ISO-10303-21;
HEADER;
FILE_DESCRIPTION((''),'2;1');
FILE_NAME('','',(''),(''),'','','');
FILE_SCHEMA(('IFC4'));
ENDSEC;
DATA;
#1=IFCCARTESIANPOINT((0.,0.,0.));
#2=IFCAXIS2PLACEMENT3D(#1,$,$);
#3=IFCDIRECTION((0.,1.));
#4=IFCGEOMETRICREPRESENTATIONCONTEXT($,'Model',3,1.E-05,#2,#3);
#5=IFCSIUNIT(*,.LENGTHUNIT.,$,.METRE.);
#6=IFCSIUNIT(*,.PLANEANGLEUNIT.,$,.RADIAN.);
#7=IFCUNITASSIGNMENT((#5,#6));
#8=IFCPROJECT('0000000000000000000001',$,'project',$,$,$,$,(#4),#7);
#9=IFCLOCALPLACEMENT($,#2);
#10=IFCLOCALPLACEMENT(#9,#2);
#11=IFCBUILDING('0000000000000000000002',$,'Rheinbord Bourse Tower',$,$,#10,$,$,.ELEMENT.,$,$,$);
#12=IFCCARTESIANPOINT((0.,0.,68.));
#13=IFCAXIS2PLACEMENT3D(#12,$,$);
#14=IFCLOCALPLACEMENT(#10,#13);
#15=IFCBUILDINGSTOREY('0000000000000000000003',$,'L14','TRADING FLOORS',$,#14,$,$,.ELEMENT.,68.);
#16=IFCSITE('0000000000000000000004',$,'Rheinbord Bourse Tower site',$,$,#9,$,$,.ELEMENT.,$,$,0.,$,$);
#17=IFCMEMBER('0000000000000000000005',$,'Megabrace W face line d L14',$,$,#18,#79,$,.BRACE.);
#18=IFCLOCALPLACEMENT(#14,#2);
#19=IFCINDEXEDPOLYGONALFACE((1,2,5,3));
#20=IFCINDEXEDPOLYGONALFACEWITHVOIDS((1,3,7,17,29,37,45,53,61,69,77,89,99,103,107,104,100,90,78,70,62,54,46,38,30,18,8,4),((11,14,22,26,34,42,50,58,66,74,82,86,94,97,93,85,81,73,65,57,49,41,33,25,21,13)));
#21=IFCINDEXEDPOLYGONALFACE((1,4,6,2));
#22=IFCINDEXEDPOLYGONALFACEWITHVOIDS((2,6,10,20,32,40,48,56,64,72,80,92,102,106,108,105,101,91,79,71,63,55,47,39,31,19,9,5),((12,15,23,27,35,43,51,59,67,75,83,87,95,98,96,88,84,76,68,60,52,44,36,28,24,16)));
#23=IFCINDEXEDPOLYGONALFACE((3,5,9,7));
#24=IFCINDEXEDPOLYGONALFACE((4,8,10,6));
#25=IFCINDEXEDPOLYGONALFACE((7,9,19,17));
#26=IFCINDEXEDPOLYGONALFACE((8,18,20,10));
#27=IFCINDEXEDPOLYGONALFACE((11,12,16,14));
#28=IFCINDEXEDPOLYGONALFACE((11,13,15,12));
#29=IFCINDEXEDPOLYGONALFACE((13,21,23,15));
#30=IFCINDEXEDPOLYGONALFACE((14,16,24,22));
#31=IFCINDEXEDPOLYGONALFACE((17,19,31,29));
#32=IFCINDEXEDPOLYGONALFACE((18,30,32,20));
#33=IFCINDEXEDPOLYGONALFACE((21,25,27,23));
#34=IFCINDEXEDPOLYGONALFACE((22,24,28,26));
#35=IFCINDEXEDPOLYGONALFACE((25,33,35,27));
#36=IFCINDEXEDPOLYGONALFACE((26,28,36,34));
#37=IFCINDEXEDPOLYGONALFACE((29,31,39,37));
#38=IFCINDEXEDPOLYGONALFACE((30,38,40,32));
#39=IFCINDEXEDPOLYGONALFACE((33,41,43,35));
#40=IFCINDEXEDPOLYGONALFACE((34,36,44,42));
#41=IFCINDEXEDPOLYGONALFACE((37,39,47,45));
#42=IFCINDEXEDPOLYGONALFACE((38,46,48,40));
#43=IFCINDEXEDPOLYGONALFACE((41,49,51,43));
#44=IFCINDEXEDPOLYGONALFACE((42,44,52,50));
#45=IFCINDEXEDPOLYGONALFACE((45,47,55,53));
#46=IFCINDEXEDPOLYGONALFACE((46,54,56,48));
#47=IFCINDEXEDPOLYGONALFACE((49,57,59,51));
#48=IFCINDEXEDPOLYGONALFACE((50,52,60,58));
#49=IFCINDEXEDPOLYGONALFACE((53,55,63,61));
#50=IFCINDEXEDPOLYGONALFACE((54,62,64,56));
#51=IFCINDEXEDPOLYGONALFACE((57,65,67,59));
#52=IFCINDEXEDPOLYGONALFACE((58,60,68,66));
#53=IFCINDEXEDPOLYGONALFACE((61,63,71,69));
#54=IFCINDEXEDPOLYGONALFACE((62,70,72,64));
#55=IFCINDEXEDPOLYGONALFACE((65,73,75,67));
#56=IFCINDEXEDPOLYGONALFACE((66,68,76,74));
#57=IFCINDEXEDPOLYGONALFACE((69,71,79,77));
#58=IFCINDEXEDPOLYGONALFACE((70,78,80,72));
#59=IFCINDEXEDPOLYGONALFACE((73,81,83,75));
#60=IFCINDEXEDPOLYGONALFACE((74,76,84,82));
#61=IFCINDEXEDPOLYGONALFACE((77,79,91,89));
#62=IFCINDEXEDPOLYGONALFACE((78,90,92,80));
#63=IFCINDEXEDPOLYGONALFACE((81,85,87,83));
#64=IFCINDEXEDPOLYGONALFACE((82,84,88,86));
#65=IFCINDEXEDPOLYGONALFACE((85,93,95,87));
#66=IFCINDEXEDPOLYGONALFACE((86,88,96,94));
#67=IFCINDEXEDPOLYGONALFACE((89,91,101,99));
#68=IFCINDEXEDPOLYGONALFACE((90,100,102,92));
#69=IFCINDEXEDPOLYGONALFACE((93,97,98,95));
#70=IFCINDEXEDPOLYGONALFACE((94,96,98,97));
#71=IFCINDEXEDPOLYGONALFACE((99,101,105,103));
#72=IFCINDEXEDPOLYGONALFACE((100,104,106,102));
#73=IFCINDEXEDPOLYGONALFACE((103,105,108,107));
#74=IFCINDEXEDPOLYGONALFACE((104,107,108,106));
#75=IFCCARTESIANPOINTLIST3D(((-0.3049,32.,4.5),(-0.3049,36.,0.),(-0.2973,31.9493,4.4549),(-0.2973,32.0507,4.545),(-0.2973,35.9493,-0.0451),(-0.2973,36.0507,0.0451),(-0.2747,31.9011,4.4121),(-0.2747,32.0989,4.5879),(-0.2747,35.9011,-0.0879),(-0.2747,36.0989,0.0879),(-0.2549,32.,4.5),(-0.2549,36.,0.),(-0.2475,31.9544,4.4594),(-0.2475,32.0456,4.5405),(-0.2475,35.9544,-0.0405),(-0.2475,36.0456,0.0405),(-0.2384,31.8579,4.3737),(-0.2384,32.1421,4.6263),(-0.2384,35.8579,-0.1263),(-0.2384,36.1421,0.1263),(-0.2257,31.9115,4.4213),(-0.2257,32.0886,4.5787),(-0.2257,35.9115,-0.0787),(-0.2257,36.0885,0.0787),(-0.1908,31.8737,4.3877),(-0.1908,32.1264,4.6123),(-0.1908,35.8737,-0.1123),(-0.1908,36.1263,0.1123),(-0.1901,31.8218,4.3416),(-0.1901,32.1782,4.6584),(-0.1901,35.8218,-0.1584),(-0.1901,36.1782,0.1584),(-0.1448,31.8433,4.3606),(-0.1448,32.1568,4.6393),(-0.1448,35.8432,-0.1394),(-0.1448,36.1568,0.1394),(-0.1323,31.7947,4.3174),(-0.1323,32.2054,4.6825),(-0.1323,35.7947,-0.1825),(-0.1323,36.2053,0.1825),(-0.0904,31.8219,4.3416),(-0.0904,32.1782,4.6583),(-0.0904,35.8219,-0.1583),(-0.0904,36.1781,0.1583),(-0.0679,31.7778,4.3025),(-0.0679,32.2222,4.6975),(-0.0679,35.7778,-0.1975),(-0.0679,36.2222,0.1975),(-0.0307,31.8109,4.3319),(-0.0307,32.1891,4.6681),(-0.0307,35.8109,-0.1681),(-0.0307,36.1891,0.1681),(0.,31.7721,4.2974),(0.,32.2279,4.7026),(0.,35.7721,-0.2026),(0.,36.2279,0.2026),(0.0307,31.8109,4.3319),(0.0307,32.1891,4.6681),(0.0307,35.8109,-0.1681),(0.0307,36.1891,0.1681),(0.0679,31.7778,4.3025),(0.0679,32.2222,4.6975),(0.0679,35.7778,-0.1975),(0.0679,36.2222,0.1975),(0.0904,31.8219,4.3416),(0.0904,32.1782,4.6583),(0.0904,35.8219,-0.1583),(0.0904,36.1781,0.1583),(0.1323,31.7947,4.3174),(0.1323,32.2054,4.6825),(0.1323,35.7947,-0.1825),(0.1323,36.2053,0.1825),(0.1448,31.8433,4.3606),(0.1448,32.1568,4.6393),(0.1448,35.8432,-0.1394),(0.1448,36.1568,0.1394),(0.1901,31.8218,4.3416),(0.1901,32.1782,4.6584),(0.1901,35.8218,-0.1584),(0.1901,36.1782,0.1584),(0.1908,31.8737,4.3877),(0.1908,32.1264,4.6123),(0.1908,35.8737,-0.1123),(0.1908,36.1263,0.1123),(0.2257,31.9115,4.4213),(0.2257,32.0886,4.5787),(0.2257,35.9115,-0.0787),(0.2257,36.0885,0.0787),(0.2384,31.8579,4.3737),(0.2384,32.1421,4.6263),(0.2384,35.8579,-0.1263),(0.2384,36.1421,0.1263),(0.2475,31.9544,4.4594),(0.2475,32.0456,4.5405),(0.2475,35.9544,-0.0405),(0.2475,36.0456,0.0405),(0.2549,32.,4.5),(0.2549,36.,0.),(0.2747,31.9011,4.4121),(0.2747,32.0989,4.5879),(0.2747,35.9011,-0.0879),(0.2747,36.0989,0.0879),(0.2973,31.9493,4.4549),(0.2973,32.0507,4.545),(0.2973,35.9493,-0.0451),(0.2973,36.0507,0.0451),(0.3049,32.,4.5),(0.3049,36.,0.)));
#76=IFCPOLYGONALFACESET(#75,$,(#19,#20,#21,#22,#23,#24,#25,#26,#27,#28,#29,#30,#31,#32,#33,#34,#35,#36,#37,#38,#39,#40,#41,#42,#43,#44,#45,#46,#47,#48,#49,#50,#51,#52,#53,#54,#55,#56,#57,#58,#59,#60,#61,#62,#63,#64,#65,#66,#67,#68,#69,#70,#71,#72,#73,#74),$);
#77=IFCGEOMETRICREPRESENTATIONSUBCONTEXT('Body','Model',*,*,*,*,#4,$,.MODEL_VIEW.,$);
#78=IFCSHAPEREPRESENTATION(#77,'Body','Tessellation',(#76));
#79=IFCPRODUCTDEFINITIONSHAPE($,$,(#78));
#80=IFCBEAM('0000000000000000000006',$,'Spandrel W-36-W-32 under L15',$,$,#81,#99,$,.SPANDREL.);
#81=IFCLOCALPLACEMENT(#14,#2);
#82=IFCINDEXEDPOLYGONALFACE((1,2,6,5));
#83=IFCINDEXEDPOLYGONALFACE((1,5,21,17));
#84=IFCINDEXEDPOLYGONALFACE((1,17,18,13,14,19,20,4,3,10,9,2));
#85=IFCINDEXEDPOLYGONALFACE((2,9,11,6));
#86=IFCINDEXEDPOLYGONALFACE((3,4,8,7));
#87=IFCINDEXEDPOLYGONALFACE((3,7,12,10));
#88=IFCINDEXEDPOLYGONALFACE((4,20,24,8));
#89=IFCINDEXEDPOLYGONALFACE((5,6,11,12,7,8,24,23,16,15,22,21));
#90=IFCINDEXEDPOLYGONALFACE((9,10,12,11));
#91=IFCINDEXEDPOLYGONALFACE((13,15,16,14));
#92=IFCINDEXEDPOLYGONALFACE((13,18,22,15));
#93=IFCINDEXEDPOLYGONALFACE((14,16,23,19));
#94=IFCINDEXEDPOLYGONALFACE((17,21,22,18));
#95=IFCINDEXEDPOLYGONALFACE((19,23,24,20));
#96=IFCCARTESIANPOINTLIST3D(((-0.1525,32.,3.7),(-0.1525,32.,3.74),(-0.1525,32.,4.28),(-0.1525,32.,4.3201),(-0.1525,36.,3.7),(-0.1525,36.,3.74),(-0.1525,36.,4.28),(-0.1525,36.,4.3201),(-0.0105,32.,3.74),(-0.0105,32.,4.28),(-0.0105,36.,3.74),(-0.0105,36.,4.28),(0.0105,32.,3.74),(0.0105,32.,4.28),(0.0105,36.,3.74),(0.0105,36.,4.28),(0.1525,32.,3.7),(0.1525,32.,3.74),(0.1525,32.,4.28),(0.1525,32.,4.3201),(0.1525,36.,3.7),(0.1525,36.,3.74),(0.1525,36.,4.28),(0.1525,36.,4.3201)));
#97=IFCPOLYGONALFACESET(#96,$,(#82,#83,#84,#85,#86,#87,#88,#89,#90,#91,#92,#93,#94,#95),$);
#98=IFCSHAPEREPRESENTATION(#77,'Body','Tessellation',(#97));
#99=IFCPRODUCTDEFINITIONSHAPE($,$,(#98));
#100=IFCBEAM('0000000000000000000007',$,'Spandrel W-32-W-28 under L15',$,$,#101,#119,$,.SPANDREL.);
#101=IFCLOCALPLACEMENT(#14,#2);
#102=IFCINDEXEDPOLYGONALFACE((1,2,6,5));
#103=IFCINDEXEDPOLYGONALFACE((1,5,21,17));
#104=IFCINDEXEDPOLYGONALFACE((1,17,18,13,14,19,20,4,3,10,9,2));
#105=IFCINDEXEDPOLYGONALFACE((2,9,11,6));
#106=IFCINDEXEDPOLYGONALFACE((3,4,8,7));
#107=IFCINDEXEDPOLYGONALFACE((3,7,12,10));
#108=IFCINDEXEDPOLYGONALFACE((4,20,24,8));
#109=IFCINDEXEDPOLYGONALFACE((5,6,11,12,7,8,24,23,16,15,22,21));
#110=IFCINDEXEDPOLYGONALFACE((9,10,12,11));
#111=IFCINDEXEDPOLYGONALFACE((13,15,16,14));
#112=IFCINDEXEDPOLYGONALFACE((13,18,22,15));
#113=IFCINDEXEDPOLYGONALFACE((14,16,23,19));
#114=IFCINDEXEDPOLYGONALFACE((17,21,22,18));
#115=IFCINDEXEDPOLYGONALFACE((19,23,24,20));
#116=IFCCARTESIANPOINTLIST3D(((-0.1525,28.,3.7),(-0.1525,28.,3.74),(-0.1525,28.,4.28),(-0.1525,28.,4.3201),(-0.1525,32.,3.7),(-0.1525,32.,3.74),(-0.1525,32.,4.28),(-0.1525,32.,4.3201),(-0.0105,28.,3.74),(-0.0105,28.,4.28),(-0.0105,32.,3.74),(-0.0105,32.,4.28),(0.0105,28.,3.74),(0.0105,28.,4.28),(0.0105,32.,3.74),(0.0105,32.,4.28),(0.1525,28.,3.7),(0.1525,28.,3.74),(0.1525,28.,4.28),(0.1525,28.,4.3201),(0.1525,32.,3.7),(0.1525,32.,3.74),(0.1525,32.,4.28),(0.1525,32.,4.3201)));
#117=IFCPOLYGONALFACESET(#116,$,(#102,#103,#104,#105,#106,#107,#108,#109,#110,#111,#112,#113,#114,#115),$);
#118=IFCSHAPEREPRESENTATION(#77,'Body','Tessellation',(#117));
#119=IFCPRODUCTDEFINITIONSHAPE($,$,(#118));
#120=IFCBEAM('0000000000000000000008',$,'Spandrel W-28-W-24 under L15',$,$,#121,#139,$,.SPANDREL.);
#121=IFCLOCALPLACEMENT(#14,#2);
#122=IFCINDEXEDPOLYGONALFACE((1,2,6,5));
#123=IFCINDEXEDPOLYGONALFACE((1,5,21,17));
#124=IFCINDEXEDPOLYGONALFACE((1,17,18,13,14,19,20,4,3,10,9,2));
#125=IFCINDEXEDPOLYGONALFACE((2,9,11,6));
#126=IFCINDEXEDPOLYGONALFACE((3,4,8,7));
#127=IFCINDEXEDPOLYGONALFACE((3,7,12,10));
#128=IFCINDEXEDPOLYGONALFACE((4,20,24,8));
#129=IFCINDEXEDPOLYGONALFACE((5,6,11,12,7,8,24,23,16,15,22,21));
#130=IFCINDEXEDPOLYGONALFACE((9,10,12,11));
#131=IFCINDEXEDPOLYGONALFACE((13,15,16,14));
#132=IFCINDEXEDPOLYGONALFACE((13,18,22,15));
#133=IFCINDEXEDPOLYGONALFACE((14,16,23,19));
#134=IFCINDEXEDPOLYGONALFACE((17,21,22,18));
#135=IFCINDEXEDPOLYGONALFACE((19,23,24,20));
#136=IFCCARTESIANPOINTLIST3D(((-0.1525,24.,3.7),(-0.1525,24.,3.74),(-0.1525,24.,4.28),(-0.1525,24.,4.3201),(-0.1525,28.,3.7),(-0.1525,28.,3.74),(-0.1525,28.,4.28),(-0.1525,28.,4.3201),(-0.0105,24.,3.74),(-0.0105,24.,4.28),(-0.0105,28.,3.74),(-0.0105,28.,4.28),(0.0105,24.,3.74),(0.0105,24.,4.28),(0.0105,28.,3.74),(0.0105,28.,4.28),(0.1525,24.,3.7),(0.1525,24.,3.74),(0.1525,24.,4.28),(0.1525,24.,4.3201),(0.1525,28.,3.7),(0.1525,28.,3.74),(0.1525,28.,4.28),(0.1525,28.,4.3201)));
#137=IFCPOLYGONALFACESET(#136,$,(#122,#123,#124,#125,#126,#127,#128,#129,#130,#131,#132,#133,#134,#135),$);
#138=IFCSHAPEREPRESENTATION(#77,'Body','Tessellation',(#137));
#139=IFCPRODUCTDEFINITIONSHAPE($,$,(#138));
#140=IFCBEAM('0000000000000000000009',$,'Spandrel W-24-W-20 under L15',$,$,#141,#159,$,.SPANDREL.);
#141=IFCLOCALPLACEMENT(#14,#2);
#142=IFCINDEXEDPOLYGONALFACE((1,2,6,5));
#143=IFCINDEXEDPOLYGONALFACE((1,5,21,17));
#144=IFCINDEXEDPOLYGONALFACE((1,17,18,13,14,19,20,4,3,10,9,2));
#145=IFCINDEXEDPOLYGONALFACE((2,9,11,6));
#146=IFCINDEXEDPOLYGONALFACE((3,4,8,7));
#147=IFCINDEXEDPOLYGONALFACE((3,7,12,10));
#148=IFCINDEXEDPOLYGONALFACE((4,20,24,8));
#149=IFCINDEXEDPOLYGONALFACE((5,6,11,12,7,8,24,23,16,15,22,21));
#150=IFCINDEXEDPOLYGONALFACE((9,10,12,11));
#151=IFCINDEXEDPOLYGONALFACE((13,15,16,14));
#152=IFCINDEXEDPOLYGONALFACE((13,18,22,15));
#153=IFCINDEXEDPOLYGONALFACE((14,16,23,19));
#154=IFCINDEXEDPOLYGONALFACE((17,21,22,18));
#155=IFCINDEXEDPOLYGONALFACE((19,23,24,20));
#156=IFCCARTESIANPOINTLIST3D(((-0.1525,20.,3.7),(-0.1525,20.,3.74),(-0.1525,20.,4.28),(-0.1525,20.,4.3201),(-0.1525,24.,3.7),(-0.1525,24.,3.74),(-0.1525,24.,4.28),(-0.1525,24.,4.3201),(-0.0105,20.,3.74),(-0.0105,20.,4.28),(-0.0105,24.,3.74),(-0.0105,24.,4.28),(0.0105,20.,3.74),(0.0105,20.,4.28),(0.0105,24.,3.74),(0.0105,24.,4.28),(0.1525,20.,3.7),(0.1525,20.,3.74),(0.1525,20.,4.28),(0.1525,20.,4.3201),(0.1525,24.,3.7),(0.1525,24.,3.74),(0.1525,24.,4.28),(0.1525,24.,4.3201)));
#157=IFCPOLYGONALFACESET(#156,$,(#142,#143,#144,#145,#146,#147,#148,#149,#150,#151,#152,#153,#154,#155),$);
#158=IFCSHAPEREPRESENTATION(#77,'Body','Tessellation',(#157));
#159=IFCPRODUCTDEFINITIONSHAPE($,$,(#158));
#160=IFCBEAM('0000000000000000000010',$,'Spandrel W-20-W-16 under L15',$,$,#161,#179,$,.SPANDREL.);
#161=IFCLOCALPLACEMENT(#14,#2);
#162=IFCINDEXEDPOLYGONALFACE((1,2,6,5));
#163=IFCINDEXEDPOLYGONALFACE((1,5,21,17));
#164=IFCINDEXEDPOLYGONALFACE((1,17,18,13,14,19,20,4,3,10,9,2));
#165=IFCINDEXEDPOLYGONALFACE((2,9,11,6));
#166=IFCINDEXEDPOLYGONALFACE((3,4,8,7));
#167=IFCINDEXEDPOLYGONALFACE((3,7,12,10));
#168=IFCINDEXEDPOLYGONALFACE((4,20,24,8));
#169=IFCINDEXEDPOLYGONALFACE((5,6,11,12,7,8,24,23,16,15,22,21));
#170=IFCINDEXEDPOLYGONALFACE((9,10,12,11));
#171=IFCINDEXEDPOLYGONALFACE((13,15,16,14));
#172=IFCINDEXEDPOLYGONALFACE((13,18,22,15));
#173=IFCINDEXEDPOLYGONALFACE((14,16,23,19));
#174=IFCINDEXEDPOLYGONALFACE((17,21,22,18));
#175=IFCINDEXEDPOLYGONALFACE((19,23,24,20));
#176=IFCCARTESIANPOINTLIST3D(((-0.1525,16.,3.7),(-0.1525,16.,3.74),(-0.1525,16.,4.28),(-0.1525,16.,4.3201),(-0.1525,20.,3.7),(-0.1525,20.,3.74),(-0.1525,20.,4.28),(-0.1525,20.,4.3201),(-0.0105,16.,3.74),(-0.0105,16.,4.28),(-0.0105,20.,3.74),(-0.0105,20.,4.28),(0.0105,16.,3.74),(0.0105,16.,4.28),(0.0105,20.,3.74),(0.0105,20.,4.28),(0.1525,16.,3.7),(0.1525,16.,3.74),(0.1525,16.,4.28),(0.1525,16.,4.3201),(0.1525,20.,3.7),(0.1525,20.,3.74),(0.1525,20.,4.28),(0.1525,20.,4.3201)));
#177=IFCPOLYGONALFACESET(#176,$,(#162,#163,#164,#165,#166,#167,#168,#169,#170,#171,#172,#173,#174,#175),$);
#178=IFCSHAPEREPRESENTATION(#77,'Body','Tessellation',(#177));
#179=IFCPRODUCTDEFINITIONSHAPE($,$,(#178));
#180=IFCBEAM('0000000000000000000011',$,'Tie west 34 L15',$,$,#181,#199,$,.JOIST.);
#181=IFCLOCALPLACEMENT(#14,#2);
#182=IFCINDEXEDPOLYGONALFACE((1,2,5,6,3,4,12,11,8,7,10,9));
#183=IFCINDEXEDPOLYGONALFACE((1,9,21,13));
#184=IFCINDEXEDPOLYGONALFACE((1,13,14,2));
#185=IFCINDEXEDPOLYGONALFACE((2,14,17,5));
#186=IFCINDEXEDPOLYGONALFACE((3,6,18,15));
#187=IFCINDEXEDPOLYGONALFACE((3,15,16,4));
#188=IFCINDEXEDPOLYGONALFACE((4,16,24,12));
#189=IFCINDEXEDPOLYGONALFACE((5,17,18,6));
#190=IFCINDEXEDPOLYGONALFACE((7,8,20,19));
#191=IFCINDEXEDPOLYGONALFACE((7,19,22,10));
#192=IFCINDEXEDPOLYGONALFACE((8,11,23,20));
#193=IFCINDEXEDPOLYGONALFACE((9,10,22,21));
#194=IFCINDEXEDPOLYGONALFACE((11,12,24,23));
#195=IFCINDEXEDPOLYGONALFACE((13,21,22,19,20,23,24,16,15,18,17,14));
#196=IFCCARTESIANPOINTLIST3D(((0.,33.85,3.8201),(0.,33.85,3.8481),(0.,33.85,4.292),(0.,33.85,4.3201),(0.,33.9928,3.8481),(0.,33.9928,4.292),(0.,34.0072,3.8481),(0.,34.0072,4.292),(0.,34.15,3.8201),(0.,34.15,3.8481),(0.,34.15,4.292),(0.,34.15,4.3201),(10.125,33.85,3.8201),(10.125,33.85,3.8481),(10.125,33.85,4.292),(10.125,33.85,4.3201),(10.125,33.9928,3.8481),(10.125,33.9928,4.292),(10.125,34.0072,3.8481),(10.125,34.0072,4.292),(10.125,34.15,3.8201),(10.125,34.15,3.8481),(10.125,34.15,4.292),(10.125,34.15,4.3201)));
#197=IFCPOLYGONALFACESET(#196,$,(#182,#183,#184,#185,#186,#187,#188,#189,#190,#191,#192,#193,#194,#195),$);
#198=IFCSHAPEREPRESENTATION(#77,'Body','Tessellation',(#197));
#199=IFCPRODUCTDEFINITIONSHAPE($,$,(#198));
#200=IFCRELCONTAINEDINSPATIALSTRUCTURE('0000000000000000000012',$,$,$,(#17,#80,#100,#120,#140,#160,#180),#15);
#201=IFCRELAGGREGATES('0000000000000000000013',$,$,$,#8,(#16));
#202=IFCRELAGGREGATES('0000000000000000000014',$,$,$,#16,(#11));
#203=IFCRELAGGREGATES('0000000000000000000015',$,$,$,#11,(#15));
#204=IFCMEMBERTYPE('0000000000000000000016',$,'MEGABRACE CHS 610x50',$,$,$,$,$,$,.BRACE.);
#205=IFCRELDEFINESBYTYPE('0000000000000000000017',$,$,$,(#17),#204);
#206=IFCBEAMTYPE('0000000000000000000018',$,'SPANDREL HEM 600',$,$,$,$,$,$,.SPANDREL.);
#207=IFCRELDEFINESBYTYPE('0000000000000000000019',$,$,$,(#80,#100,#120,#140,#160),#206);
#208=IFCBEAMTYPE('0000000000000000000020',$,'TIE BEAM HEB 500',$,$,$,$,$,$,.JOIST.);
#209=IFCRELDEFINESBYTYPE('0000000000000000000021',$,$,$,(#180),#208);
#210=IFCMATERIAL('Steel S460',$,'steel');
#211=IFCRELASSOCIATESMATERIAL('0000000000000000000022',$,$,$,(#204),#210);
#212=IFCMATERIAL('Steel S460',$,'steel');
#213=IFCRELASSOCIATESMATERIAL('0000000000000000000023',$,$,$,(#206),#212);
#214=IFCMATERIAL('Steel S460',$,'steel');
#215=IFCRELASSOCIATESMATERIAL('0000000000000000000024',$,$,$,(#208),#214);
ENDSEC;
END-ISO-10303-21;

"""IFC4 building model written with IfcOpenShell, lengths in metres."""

from ifc_helpers import new_model, si_unit, direction, frame, origin, origin_2d, place, context, subcontext, project, spatial, hollow_circle, i_section, extrude, material, material_profile, profile_set, type_object, element, save


model = new_model("IFC4")

# Units and contexts
model_context = context("Model", 3, precision=1e-05, world=origin(), true_north=direction((0.0, 1.0)))
body_context = subcontext(model_context, "Body", "Model", "MODEL_VIEW")
ifc_project = project(units=[si_unit("LENGTHUNIT", "METRE"), si_unit("PLANEANGLEUNIT", "RADIAN")], contexts=[model_context])

# Site, building, storey
site_placement = place(None, origin())
site = spatial("IfcSite", under=ifc_project, at=site_placement, Name="Rheinbord Bourse Tower site", CompositionType="ELEMENT", RefElevation=0.0)
building_placement = place(site_placement, origin())
building = spatial("IfcBuilding", under=site, at=building_placement, Name="Rheinbord Bourse Tower", CompositionType="ELEMENT")
storey_placement = place(building_placement, frame((0.0, 0.0, 68.0)))
storey = spatial("IfcBuildingStorey", under=building, at=storey_placement, Name="L14", Description="TRADING FLOORS", CompositionType="ELEMENT", Elevation=68.0)

# Member
ifc_material_1 = material(Name="Steel S460", Category="steel")
ifc_material_profile_1 = material_profile(ifc_material_1, hollow_circle(Radius=0.3049, WallThickness=0.05, at=origin_2d()), Name="CHS 610x50")
ifc_profile_set_1 = profile_set([ifc_material_profile_1], Name="Steel S460")
member_type_1 = type_object("IfcMemberType", Name="MEGABRACE CHS 610x50", PredefinedType="BRACE", material=ifc_profile_set_1)
for number, where, z_axis, x_axis, name in (
    (1, (0.0, 36.0, 0.0), (0.0, -0.664364, 0.747409), (1.0, 0.0, 0.0), "Megabrace W face line d L14"),
):
    element("IfcMember", number, at=place(storey_placement, frame(where, z_axis=z_axis, x_axis=x_axis)), inside=storey, type_object=member_type_1, Name=name, PredefinedType="BRACE", context=body_context, shape_type="SweptSolid", body=[
        extrude(hollow_circle(Radius=0.3049, WallThickness=0.05, at=origin_2d()), origin(), (0.0, 0.0, 1.0), 6.0208),
    ])

# Beams
ifc_material_2 = material(Name="Steel S460", Category="steel")
ifc_material_profile_2 = material_profile(ifc_material_2, i_section(OverallWidth=0.3049, OverallDepth=0.6201, WebThickness=0.021, FlangeThickness=0.04, at=origin_2d()), Name="HEM 600")
ifc_profile_set_2 = profile_set([ifc_material_profile_2], Name="Steel S460")
beam_type_1 = type_object("IfcBeamType", Name="SPANDREL HEM 600", PredefinedType="SPANDREL", material=ifc_profile_set_2)
for number, where, z_axis, x_axis, name in (
    (2, (0.0, 36.0, 4.01), (0.0, -1.0, 0.0), (1.0, 0.0, 0.0), "Spandrel W-36-W-32 under L15"),
    (3, (0.0, 32.0, 4.01), (0.0, -1.0, 0.0), (1.0, 0.0, 0.0), "Spandrel W-32-W-28 under L15"),
    (4, (0.0, 28.0, 4.01), (0.0, -1.0, 0.0), (1.0, 0.0, 0.0), "Spandrel W-28-W-24 under L15"),
    (5, (0.0, 24.0, 4.01), (0.0, -1.0, 0.0), (1.0, 0.0, 0.0), "Spandrel W-24-W-20 under L15"),
    (6, (0.0, 20.0, 4.01), (0.0, -1.0, 0.0), (1.0, 0.0, 0.0), "Spandrel W-20-W-16 under L15"),
):
    element("IfcBeam", number, at=place(storey_placement, frame(where, z_axis=z_axis, x_axis=x_axis)), inside=storey, type_object=beam_type_1, Name=name, PredefinedType="SPANDREL", context=body_context, shape_type="SweptSolid", body=[
        extrude(i_section(OverallWidth=0.3049, OverallDepth=0.6201, WebThickness=0.021, FlangeThickness=0.04, at=origin_2d()), origin(), (0.0, 0.0, 1.0), 4.0),
    ])
ifc_material_3 = material(Name="Steel S460", Category="steel")
ifc_material_profile_3 = material_profile(ifc_material_3, i_section(OverallWidth=0.3, OverallDepth=0.5, WebThickness=0.0144, FlangeThickness=0.0281, at=origin_2d()), Name="HEB 500")
ifc_profile_set_3 = profile_set([ifc_material_profile_3], Name="Steel S460")
beam_type_2 = type_object("IfcBeamType", Name="TIE BEAM HEB 500", PredefinedType="JOIST", material=ifc_profile_set_3)
beam_1_placement = place(storey_placement, frame((0.0, 34.0, 4.0701), z_axis=(1.0, 0.0, 0.0), x_axis=(0.0, 1.0, 0.0)))
element("IfcBeam", 7, at=beam_1_placement, inside=storey, type_object=beam_type_2, Name="Tie west 34 L15", PredefinedType="JOIST", context=body_context, shape_type="SweptSolid", body=[
    extrude(i_section(OverallWidth=0.3, OverallDepth=0.5, WebThickness=0.0144, FlangeThickness=0.0281, at=origin_2d()), origin(), (0.0, 0.0, 1.0), 10.125),
])

save(model, "model.ifc")
